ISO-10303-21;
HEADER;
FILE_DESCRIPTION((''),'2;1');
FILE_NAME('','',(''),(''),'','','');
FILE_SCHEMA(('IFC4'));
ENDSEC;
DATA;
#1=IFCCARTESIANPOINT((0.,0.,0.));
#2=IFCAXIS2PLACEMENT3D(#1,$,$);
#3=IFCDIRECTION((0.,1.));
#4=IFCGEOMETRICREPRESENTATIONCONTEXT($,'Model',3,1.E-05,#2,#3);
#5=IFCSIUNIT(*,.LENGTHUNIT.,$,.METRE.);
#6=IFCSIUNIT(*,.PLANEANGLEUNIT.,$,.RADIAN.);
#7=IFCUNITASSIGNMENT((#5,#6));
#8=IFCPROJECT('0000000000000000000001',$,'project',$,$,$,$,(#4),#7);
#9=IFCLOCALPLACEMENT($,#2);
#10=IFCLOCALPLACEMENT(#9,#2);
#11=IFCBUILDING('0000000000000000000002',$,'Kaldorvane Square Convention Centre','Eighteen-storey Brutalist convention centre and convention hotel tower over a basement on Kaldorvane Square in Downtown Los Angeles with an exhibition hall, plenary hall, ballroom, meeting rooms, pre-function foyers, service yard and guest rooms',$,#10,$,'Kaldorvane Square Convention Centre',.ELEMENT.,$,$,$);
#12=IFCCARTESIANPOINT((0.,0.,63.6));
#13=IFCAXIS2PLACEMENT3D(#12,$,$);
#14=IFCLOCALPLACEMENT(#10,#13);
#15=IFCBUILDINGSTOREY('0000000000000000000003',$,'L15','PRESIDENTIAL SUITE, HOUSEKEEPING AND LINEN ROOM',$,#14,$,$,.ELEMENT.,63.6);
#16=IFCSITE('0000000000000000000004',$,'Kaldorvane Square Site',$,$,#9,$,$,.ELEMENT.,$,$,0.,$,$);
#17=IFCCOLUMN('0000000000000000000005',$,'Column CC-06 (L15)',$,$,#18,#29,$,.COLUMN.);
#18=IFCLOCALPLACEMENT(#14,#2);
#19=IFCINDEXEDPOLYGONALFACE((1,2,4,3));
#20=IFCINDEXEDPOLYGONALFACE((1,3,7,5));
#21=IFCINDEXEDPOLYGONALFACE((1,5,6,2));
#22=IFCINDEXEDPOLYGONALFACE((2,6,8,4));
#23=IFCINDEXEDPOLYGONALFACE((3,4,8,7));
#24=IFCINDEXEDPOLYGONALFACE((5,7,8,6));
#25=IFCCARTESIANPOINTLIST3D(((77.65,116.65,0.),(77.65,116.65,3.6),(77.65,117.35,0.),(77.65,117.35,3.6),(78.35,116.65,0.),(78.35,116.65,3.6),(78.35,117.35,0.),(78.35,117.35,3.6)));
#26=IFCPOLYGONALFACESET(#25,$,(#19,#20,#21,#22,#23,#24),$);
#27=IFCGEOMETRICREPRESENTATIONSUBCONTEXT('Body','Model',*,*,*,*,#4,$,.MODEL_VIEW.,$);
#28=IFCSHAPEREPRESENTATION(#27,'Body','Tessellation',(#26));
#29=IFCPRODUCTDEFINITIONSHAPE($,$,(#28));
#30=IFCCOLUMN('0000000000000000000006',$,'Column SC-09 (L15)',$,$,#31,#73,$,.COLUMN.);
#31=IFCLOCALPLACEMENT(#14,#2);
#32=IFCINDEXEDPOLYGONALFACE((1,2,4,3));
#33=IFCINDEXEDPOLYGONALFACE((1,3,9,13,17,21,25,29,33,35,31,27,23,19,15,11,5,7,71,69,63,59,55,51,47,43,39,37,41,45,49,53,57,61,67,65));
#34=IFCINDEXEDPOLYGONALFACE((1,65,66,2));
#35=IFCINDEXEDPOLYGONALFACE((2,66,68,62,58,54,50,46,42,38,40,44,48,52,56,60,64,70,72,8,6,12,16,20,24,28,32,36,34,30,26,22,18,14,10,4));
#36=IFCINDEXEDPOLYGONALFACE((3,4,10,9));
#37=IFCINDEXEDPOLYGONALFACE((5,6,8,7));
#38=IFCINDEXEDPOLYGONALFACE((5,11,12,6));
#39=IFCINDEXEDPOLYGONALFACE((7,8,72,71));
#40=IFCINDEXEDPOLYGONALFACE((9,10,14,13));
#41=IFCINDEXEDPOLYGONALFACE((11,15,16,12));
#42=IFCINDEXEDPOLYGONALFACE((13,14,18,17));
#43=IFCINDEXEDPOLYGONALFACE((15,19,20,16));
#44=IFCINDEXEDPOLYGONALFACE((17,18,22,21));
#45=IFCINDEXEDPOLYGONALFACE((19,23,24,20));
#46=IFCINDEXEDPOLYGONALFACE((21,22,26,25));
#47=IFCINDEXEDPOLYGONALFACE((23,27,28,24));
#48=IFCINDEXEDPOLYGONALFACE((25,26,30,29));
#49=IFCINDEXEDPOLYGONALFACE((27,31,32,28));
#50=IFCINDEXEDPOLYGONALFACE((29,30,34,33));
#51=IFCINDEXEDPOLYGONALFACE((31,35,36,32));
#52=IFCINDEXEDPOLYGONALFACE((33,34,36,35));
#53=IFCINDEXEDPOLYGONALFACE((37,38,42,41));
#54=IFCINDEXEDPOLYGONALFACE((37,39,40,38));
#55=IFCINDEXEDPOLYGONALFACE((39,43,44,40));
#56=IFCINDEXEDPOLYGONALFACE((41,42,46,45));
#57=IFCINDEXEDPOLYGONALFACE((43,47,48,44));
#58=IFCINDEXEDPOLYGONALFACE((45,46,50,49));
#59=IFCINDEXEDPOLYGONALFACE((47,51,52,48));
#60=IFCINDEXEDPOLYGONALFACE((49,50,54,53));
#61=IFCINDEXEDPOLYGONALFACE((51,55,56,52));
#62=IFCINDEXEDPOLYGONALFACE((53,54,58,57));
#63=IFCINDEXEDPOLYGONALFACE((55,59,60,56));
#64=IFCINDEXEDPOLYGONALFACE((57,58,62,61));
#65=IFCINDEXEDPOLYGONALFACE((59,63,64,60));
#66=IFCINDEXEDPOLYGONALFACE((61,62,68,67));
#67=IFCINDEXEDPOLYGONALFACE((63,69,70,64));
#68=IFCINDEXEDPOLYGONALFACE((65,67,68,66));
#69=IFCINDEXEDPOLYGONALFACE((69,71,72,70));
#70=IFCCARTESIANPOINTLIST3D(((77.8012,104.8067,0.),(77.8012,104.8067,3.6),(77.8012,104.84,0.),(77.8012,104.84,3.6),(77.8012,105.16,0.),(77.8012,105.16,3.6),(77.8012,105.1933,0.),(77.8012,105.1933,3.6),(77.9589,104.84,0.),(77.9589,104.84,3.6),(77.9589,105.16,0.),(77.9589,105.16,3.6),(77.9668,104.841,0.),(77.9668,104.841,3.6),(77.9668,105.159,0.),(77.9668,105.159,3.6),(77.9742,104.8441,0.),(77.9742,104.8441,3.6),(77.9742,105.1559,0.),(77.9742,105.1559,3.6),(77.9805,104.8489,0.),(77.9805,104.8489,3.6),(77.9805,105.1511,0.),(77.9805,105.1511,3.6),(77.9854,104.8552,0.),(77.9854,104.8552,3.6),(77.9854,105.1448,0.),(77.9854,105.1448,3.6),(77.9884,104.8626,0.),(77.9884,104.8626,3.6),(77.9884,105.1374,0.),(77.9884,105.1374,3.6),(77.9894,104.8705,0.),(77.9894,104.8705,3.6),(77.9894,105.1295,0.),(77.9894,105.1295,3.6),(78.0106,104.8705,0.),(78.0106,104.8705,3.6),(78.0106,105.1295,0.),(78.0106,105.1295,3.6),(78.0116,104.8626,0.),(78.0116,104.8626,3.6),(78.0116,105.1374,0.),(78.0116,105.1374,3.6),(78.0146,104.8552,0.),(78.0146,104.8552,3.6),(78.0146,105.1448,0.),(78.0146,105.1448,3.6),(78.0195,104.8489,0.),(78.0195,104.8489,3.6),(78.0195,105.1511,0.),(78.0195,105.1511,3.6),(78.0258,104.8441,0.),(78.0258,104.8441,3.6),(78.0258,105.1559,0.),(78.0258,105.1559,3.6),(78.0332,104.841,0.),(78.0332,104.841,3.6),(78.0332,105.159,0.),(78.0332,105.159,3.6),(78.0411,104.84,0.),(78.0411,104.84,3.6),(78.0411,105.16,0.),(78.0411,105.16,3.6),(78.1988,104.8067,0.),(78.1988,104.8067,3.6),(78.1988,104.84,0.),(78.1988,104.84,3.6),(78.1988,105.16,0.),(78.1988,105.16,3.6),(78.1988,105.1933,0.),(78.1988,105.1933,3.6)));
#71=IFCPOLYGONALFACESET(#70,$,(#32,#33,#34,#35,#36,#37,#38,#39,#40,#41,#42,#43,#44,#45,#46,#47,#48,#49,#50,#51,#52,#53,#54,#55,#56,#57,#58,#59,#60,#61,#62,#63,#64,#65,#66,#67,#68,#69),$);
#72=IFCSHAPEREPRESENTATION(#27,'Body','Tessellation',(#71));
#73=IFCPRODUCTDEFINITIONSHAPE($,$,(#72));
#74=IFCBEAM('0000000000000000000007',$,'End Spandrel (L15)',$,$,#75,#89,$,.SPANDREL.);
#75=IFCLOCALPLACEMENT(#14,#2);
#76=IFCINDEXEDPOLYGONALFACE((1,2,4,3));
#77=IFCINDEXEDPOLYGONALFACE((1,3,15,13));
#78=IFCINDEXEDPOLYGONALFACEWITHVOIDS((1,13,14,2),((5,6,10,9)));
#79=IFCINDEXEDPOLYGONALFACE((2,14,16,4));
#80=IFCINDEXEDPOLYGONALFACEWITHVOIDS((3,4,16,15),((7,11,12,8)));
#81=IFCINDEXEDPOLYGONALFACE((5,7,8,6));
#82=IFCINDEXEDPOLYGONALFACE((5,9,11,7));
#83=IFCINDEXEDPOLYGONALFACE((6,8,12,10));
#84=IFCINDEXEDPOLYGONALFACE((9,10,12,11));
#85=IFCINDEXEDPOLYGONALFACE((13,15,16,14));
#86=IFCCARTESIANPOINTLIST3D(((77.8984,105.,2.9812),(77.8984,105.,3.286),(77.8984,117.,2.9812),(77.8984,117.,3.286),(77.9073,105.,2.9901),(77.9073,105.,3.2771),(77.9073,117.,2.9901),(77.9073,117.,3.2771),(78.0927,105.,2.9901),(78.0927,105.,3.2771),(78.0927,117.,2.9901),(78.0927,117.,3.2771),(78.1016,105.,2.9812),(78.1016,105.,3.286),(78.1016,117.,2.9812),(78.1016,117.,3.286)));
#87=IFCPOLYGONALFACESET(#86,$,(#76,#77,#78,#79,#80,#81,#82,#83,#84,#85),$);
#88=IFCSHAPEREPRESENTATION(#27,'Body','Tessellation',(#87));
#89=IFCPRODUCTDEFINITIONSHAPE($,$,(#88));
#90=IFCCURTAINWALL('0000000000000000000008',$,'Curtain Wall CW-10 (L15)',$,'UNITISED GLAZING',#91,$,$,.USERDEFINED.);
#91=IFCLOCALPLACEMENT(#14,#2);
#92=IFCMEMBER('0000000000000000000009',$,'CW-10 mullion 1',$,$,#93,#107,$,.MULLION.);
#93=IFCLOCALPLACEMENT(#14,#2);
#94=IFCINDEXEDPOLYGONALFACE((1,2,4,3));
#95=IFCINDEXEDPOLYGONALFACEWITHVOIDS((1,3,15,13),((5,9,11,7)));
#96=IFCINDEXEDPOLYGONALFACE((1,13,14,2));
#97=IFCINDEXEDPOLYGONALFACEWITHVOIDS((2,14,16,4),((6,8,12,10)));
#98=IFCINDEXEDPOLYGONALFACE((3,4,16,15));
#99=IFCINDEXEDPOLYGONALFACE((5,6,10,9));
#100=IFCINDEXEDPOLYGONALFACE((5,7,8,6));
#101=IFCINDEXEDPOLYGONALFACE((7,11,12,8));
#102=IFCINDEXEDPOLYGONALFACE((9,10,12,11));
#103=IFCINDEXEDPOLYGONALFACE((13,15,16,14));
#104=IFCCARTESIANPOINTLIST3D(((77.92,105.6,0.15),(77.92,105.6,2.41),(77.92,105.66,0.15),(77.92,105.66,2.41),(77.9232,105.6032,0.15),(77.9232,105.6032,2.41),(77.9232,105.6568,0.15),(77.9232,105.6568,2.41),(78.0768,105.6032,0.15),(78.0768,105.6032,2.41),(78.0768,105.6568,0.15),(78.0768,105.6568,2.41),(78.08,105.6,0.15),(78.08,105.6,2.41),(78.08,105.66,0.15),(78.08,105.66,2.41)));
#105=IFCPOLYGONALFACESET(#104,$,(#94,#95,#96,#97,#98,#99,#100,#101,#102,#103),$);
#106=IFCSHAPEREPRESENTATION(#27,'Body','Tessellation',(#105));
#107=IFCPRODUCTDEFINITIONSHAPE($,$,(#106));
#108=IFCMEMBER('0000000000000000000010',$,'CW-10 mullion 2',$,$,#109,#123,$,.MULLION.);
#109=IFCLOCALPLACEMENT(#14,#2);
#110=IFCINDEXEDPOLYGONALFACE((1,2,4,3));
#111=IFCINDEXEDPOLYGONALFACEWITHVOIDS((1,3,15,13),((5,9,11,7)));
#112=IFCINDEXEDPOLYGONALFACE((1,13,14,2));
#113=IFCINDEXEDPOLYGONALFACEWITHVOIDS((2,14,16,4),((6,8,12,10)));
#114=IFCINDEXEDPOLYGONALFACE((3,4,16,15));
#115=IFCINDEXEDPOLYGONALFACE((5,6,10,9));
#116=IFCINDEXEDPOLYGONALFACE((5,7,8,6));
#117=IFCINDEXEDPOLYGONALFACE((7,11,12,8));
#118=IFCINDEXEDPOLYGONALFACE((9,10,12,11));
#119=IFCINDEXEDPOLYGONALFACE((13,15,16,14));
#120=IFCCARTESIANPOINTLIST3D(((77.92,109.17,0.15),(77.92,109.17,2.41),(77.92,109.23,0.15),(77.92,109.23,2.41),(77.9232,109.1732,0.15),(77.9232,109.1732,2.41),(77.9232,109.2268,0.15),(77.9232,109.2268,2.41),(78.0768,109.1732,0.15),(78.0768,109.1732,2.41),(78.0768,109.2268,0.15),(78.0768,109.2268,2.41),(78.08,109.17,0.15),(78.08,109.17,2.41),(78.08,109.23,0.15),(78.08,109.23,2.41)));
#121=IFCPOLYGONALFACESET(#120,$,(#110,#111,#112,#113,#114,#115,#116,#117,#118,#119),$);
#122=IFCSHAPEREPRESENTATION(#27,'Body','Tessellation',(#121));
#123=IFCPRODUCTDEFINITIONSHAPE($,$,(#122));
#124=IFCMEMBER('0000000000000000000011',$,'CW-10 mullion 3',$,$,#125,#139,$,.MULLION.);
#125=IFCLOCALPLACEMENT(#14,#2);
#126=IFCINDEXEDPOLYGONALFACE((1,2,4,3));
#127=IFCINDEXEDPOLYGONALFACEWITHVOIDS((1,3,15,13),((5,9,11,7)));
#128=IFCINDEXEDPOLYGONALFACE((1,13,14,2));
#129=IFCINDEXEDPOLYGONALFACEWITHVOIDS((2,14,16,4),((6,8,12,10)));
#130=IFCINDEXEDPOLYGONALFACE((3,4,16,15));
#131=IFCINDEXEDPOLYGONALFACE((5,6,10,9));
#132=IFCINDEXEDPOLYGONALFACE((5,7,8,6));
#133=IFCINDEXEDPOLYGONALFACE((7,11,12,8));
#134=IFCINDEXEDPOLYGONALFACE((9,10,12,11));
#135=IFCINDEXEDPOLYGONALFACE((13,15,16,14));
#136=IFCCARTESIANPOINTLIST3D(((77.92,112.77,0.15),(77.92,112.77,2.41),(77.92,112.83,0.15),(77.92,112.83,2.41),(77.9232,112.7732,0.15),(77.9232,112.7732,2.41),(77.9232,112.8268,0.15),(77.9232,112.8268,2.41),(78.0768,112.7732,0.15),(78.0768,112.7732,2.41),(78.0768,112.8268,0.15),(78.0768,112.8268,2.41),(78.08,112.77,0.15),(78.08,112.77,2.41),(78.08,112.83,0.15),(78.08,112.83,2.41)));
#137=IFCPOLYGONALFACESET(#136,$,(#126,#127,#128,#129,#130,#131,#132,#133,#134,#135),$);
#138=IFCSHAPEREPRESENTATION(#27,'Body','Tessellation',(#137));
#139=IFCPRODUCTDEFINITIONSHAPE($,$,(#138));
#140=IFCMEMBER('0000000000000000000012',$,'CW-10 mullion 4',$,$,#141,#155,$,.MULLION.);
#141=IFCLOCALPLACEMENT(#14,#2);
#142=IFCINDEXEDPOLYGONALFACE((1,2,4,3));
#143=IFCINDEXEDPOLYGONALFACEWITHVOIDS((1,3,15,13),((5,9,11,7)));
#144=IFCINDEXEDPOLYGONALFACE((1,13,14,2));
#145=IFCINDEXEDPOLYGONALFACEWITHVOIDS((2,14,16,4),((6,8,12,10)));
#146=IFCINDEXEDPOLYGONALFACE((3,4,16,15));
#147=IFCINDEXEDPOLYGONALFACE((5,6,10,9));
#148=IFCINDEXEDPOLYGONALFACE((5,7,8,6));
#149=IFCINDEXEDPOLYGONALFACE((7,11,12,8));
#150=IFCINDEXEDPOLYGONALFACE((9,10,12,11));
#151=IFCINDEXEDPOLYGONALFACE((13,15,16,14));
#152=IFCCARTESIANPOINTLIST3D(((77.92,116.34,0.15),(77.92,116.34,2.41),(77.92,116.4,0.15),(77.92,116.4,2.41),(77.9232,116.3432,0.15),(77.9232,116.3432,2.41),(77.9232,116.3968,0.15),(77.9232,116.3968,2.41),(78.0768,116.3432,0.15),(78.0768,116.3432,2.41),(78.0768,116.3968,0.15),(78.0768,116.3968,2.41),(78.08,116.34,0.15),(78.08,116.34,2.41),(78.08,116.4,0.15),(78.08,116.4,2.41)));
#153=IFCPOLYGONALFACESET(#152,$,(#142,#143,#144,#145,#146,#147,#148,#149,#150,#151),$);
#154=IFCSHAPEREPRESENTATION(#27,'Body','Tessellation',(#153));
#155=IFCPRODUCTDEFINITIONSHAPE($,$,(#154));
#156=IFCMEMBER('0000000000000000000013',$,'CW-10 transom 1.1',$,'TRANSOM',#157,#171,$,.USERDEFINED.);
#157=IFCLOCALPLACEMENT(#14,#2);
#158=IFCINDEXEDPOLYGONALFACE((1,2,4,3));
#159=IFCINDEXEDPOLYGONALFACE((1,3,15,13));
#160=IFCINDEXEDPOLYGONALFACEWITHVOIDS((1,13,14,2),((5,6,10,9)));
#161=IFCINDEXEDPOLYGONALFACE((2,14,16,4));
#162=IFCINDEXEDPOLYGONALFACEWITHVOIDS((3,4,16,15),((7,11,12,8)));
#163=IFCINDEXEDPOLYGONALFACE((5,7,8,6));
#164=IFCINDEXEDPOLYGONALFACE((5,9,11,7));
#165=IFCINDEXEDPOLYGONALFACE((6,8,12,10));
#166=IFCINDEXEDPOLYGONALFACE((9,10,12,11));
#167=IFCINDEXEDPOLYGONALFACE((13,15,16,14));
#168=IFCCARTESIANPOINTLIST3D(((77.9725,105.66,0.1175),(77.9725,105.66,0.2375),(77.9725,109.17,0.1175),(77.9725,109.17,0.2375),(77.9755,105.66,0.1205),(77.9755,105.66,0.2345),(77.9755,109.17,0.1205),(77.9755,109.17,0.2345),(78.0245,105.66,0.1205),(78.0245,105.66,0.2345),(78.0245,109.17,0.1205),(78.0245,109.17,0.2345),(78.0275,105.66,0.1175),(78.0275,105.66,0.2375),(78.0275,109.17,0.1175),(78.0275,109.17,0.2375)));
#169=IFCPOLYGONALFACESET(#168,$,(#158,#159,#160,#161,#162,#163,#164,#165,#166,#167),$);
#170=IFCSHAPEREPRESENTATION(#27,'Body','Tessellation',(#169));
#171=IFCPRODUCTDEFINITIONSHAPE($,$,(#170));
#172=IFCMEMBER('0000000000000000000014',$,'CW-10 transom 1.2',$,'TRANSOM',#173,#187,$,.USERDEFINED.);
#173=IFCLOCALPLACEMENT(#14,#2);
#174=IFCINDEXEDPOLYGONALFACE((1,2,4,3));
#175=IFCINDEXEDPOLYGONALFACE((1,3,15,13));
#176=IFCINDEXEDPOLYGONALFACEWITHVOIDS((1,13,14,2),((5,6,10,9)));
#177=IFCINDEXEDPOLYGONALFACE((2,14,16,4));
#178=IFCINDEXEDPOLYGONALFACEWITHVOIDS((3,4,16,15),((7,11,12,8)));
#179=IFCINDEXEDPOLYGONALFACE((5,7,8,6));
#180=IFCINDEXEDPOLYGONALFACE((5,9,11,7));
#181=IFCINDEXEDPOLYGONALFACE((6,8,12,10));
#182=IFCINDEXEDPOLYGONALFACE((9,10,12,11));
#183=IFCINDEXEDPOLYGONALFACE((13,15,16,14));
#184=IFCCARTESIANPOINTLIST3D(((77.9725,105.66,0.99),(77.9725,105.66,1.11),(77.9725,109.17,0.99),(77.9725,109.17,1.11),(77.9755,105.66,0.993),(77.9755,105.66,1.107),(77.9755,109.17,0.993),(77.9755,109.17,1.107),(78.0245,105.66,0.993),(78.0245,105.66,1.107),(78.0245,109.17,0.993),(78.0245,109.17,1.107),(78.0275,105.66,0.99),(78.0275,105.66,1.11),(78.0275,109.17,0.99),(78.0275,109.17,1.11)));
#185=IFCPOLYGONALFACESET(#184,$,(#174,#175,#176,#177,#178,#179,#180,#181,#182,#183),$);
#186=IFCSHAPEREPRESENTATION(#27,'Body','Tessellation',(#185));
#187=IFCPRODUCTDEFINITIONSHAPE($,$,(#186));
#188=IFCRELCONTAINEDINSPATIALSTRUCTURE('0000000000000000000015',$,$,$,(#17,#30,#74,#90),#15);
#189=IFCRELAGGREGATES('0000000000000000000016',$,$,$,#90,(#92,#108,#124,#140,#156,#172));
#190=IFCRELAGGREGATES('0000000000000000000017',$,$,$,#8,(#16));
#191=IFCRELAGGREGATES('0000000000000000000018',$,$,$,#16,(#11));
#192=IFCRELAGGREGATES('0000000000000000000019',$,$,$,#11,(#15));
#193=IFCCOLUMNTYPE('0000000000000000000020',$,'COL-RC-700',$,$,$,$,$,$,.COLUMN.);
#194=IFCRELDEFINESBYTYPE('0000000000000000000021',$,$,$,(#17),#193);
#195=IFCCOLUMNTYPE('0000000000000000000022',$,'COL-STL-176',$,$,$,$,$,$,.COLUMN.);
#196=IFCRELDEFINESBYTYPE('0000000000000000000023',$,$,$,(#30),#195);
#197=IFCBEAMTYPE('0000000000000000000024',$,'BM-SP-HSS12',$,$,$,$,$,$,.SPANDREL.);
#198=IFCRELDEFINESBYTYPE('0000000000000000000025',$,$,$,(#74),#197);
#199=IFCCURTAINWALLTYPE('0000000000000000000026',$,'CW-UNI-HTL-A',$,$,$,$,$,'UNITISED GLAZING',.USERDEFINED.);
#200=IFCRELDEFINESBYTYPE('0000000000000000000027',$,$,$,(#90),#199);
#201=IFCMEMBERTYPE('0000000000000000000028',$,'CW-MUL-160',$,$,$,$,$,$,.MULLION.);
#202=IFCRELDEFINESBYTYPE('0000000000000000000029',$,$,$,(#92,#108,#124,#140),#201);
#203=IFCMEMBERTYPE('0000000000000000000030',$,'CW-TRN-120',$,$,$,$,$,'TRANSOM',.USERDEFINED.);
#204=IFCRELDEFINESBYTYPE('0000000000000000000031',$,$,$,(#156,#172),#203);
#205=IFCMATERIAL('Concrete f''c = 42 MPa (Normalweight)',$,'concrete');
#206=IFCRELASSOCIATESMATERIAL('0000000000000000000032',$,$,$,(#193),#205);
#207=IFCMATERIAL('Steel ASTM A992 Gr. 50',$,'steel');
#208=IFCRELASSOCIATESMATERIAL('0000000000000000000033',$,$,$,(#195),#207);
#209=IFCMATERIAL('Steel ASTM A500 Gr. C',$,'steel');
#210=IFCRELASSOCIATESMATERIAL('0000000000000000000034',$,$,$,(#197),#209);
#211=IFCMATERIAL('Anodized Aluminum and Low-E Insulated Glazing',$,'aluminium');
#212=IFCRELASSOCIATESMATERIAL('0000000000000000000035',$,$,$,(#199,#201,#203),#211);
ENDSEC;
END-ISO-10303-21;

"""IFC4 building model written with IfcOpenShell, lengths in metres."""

from ifc_helpers import new_model, si_unit, direction, frame, origin, origin_2d, place, context, subcontext, project, spatial, rectangle, hollow_rectangle, i_section, extrude, material, material_profile, profile_set, type_object, element, aggregate, save


model = new_model("IFC4")

# Units and contexts
model_context = context("Model", 3, precision=1e-05, world=origin(), true_north=direction((0.0, 1.0)))
body_context = subcontext(model_context, "Body", "Model", "MODEL_VIEW")
ifc_project = project(units=[si_unit("LENGTHUNIT", "METRE"), si_unit("PLANEANGLEUNIT", "RADIAN")], contexts=[model_context])

# Site, building, storey
site_placement = place(None, origin())
site = spatial("IfcSite", under=ifc_project, at=site_placement, Name="Kaldorvane Square Site", CompositionType="ELEMENT", RefElevation=0.0)
building_placement = place(site_placement, origin())
building = spatial("IfcBuilding", under=site, at=building_placement, Name="Kaldorvane Square Convention Centre", Description="Eighteen-storey Brutalist convention centre and convention hotel tower over a basement on Kaldorvane Square in Downtown Los Angeles with an exhibition hall, plenary hall, ballroom, meeting rooms, pre-function foyers, service yard and guest rooms", LongName="Kaldorvane Square Convention Centre", CompositionType="ELEMENT")
storey_placement = place(building_placement, frame((0.0, 0.0, 63.6)))
storey = spatial("IfcBuildingStorey", under=building, at=storey_placement, Name="L15", Description="PRESIDENTIAL SUITE, HOUSEKEEPING AND LINEN ROOM", CompositionType="ELEMENT", Elevation=63.6)

# Columns
ifc_material_1 = material(Name="Concrete f'c = 42 MPa (Normalweight)", Category="concrete")
ifc_material_profile_1 = material_profile(ifc_material_1, rectangle(XDim=0.7, YDim=0.7, at=origin_2d()), Name="RC700X700")
ifc_profile_set_1 = profile_set([ifc_material_profile_1], Name="Concrete f'c = 42 MPa (Normalweight)")
column_type_1 = type_object("IfcColumnType", Name="COL-RC-700", PredefinedType="COLUMN", material=ifc_profile_set_1)
column_1_placement = place(storey_placement, frame((78.0, 117.0, 0.0), z_axis=(0.0, 0.0, 1.0), x_axis=(1.0, 0.0, 0.0)))
element("IfcColumn", 1, at=column_1_placement, inside=storey, type_object=column_type_1, Name="Column CC-06 (L15)", PredefinedType="COLUMN", context=body_context, shape_type="SweptSolid", body=[
    extrude(rectangle(XDim=0.7, YDim=0.7, at=origin_2d()), origin(), (0.0, 0.0, 1.0), 3.6),
])
ifc_material_2 = material(Name="Steel ASTM A992 Gr. 50", Category="steel")
ifc_material_profile_2 = material_profile(ifc_material_2, i_section(OverallWidth=0.3975, OverallDepth=0.3866, WebThickness=0.0211, FlangeThickness=0.0333, FilletRadius=0.0305, at=origin_2d()), Name="W14X176")
ifc_profile_set_2 = profile_set([ifc_material_profile_2], Name="Steel ASTM A992 Gr. 50")
column_type_2 = type_object("IfcColumnType", Name="COL-STL-176", PredefinedType="COLUMN", material=ifc_profile_set_2)
column_2_placement = place(storey_placement, frame((78.0, 105.0, 0.0), z_axis=(0.0, 0.0, 1.0), x_axis=(1.0, 0.0, 0.0)))
element("IfcColumn", 2, at=column_2_placement, inside=storey, type_object=column_type_2, Name="Column SC-09 (L15)", PredefinedType="COLUMN", context=body_context, shape_type="SweptSolid", body=[
    extrude(i_section(OverallWidth=0.3975, OverallDepth=0.3866, WebThickness=0.0211, FlangeThickness=0.0333, FilletRadius=0.0305, at=origin_2d()), origin(), (0.0, 0.0, 1.0), 3.6),
])

# Beam
ifc_material_3 = material(Name="Steel ASTM A500 Gr. C", Category="steel")
ifc_material_profile_3 = material_profile(ifc_material_3, hollow_rectangle(XDim=0.2032, YDim=0.3048, WallThickness=0.0089, at=origin_2d()), Name="HSS12X8X3/8")
ifc_profile_set_3 = profile_set([ifc_material_profile_3], Name="Steel ASTM A500 Gr. C")
beam_type = type_object("IfcBeamType", Name="BM-SP-HSS12", PredefinedType="SPANDREL", material=ifc_profile_set_3)
beam_placement = place(storey_placement, frame((78.0, 105.0, 3.1336), z_axis=(0.0, 1.0, 0.0), x_axis=(-1.0, 0.0, 0.0)))
element("IfcBeam", 3, at=beam_placement, inside=storey, type_object=beam_type, Name="End Spandrel (L15)", PredefinedType="SPANDREL", context=body_context, shape_type="SweptSolid", body=[
    extrude(hollow_rectangle(XDim=0.2032, YDim=0.3048, WallThickness=0.0089, at=origin_2d()), origin(), (0.0, 0.0, 1.0), 12.0),
])

# Curtain wall, members
ifc_material_4 = material(Name="Anodized Aluminum and Low-E Insulated Glazing", Category="aluminium")
curtain_wall_type = type_object("IfcCurtainWallType", Name="CW-UNI-HTL-A", ElementType="UNITISED GLAZING", PredefinedType="USERDEFINED", material=ifc_material_4)
curtain_wall_placement = place(storey_placement, origin())
curtain_wall = element("IfcCurtainWall", 4, at=curtain_wall_placement, inside=storey, type_object=curtain_wall_type, Name="Curtain Wall CW-10 (L15)", ObjectType="UNITISED GLAZING", PredefinedType="USERDEFINED")
ifc_material_profile_4 = material_profile(ifc_material_4, hollow_rectangle(XDim=0.06, YDim=0.16, WallThickness=0.0032, at=origin_2d()), Name="CWM-160X60")
ifc_profile_set_4 = profile_set([ifc_material_profile_4], Name="Anodized Aluminum and Low-E Insulated Glazing")
member_type_1 = type_object("IfcMemberType", Name="CW-MUL-160", PredefinedType="MULLION", material=ifc_profile_set_4)
member_1_placement = place(storey_placement, frame((78.0, 105.63, 0.15), z_axis=(0.0, 0.0, 1.0), x_axis=(0.0, 1.0, 0.0)))
member_1 = element("IfcMember", 5, at=member_1_placement, type_object=member_type_1, Name="CW-10 mullion 1", PredefinedType="MULLION", context=body_context, shape_type="SweptSolid", body=[
    extrude(hollow_rectangle(XDim=0.06, YDim=0.16, WallThickness=0.0032, at=origin_2d()), origin(), (0.0, 0.0, 1.0), 2.26),
])
member_2_placement = place(storey_placement, frame((78.0, 109.2, 0.15), z_axis=(0.0, 0.0, 1.0), x_axis=(0.0, 1.0, 0.0)))
member_2 = element("IfcMember", 6, at=member_2_placement, type_object=member_type_1, Name="CW-10 mullion 2", PredefinedType="MULLION", context=body_context, shape_type="SweptSolid", body=[
    extrude(hollow_rectangle(XDim=0.06, YDim=0.16, WallThickness=0.0032, at=origin_2d()), origin(), (0.0, 0.0, 1.0), 2.26),
])
member_3_placement = place(storey_placement, frame((78.0, 112.8, 0.15), z_axis=(0.0, 0.0, 1.0), x_axis=(0.0, 1.0, 0.0)))
member_3 = element("IfcMember", 7, at=member_3_placement, type_object=member_type_1, Name="CW-10 mullion 3", PredefinedType="MULLION", context=body_context, shape_type="SweptSolid", body=[
    extrude(hollow_rectangle(XDim=0.06, YDim=0.16, WallThickness=0.0032, at=origin_2d()), origin(), (0.0, 0.0, 1.0), 2.26),
])
member_4_placement = place(storey_placement, frame((78.0, 116.37, 0.15), z_axis=(0.0, 0.0, 1.0), x_axis=(0.0, 1.0, 0.0)))
member_4 = element("IfcMember", 8, at=member_4_placement, type_object=member_type_1, Name="CW-10 mullion 4", PredefinedType="MULLION", context=body_context, shape_type="SweptSolid", body=[
    extrude(hollow_rectangle(XDim=0.06, YDim=0.16, WallThickness=0.0032, at=origin_2d()), origin(), (0.0, 0.0, 1.0), 2.26),
])
ifc_material_profile_5 = material_profile(ifc_material_4, hollow_rectangle(XDim=0.055, YDim=0.12, WallThickness=0.003, at=origin_2d()), Name="CWT-120X55")
ifc_profile_set_5 = profile_set([ifc_material_profile_5], Name="Anodized Aluminum and Low-E Insulated Glazing")
member_type_2 = type_object("IfcMemberType", Name="CW-TRN-120", ElementType="TRANSOM", PredefinedType="USERDEFINED", material=ifc_profile_set_5)
member_5_placement = place(storey_placement, frame((78.0, 105.66, 0.1775), z_axis=(0.0, 1.0, 0.0), x_axis=(-1.0, 0.0, 0.0)))
member_5 = element("IfcMember", 9, at=member_5_placement, type_object=member_type_2, Name="CW-10 transom 1.1", ObjectType="TRANSOM", PredefinedType="USERDEFINED", context=body_context, shape_type="SweptSolid", body=[
    extrude(hollow_rectangle(XDim=0.055, YDim=0.12, WallThickness=0.003, at=origin_2d()), origin(), (0.0, 0.0, 1.0), 3.51),
])
member_6_placement = place(storey_placement, frame((78.0, 105.66, 1.05), z_axis=(0.0, 1.0, 0.0), x_axis=(-1.0, 0.0, 0.0)))
member_6 = element("IfcMember", 10, at=member_6_placement, type_object=member_type_2, Name="CW-10 transom 1.2", ObjectType="TRANSOM", PredefinedType="USERDEFINED", context=body_context, shape_type="SweptSolid", body=[
    extrude(hollow_rectangle(XDim=0.055, YDim=0.12, WallThickness=0.003, at=origin_2d()), origin(), (0.0, 0.0, 1.0), 3.51),
])
aggregate(curtain_wall, [member_1, member_2, member_3, member_4, member_5, member_6])

save(model, "model.ifc")
